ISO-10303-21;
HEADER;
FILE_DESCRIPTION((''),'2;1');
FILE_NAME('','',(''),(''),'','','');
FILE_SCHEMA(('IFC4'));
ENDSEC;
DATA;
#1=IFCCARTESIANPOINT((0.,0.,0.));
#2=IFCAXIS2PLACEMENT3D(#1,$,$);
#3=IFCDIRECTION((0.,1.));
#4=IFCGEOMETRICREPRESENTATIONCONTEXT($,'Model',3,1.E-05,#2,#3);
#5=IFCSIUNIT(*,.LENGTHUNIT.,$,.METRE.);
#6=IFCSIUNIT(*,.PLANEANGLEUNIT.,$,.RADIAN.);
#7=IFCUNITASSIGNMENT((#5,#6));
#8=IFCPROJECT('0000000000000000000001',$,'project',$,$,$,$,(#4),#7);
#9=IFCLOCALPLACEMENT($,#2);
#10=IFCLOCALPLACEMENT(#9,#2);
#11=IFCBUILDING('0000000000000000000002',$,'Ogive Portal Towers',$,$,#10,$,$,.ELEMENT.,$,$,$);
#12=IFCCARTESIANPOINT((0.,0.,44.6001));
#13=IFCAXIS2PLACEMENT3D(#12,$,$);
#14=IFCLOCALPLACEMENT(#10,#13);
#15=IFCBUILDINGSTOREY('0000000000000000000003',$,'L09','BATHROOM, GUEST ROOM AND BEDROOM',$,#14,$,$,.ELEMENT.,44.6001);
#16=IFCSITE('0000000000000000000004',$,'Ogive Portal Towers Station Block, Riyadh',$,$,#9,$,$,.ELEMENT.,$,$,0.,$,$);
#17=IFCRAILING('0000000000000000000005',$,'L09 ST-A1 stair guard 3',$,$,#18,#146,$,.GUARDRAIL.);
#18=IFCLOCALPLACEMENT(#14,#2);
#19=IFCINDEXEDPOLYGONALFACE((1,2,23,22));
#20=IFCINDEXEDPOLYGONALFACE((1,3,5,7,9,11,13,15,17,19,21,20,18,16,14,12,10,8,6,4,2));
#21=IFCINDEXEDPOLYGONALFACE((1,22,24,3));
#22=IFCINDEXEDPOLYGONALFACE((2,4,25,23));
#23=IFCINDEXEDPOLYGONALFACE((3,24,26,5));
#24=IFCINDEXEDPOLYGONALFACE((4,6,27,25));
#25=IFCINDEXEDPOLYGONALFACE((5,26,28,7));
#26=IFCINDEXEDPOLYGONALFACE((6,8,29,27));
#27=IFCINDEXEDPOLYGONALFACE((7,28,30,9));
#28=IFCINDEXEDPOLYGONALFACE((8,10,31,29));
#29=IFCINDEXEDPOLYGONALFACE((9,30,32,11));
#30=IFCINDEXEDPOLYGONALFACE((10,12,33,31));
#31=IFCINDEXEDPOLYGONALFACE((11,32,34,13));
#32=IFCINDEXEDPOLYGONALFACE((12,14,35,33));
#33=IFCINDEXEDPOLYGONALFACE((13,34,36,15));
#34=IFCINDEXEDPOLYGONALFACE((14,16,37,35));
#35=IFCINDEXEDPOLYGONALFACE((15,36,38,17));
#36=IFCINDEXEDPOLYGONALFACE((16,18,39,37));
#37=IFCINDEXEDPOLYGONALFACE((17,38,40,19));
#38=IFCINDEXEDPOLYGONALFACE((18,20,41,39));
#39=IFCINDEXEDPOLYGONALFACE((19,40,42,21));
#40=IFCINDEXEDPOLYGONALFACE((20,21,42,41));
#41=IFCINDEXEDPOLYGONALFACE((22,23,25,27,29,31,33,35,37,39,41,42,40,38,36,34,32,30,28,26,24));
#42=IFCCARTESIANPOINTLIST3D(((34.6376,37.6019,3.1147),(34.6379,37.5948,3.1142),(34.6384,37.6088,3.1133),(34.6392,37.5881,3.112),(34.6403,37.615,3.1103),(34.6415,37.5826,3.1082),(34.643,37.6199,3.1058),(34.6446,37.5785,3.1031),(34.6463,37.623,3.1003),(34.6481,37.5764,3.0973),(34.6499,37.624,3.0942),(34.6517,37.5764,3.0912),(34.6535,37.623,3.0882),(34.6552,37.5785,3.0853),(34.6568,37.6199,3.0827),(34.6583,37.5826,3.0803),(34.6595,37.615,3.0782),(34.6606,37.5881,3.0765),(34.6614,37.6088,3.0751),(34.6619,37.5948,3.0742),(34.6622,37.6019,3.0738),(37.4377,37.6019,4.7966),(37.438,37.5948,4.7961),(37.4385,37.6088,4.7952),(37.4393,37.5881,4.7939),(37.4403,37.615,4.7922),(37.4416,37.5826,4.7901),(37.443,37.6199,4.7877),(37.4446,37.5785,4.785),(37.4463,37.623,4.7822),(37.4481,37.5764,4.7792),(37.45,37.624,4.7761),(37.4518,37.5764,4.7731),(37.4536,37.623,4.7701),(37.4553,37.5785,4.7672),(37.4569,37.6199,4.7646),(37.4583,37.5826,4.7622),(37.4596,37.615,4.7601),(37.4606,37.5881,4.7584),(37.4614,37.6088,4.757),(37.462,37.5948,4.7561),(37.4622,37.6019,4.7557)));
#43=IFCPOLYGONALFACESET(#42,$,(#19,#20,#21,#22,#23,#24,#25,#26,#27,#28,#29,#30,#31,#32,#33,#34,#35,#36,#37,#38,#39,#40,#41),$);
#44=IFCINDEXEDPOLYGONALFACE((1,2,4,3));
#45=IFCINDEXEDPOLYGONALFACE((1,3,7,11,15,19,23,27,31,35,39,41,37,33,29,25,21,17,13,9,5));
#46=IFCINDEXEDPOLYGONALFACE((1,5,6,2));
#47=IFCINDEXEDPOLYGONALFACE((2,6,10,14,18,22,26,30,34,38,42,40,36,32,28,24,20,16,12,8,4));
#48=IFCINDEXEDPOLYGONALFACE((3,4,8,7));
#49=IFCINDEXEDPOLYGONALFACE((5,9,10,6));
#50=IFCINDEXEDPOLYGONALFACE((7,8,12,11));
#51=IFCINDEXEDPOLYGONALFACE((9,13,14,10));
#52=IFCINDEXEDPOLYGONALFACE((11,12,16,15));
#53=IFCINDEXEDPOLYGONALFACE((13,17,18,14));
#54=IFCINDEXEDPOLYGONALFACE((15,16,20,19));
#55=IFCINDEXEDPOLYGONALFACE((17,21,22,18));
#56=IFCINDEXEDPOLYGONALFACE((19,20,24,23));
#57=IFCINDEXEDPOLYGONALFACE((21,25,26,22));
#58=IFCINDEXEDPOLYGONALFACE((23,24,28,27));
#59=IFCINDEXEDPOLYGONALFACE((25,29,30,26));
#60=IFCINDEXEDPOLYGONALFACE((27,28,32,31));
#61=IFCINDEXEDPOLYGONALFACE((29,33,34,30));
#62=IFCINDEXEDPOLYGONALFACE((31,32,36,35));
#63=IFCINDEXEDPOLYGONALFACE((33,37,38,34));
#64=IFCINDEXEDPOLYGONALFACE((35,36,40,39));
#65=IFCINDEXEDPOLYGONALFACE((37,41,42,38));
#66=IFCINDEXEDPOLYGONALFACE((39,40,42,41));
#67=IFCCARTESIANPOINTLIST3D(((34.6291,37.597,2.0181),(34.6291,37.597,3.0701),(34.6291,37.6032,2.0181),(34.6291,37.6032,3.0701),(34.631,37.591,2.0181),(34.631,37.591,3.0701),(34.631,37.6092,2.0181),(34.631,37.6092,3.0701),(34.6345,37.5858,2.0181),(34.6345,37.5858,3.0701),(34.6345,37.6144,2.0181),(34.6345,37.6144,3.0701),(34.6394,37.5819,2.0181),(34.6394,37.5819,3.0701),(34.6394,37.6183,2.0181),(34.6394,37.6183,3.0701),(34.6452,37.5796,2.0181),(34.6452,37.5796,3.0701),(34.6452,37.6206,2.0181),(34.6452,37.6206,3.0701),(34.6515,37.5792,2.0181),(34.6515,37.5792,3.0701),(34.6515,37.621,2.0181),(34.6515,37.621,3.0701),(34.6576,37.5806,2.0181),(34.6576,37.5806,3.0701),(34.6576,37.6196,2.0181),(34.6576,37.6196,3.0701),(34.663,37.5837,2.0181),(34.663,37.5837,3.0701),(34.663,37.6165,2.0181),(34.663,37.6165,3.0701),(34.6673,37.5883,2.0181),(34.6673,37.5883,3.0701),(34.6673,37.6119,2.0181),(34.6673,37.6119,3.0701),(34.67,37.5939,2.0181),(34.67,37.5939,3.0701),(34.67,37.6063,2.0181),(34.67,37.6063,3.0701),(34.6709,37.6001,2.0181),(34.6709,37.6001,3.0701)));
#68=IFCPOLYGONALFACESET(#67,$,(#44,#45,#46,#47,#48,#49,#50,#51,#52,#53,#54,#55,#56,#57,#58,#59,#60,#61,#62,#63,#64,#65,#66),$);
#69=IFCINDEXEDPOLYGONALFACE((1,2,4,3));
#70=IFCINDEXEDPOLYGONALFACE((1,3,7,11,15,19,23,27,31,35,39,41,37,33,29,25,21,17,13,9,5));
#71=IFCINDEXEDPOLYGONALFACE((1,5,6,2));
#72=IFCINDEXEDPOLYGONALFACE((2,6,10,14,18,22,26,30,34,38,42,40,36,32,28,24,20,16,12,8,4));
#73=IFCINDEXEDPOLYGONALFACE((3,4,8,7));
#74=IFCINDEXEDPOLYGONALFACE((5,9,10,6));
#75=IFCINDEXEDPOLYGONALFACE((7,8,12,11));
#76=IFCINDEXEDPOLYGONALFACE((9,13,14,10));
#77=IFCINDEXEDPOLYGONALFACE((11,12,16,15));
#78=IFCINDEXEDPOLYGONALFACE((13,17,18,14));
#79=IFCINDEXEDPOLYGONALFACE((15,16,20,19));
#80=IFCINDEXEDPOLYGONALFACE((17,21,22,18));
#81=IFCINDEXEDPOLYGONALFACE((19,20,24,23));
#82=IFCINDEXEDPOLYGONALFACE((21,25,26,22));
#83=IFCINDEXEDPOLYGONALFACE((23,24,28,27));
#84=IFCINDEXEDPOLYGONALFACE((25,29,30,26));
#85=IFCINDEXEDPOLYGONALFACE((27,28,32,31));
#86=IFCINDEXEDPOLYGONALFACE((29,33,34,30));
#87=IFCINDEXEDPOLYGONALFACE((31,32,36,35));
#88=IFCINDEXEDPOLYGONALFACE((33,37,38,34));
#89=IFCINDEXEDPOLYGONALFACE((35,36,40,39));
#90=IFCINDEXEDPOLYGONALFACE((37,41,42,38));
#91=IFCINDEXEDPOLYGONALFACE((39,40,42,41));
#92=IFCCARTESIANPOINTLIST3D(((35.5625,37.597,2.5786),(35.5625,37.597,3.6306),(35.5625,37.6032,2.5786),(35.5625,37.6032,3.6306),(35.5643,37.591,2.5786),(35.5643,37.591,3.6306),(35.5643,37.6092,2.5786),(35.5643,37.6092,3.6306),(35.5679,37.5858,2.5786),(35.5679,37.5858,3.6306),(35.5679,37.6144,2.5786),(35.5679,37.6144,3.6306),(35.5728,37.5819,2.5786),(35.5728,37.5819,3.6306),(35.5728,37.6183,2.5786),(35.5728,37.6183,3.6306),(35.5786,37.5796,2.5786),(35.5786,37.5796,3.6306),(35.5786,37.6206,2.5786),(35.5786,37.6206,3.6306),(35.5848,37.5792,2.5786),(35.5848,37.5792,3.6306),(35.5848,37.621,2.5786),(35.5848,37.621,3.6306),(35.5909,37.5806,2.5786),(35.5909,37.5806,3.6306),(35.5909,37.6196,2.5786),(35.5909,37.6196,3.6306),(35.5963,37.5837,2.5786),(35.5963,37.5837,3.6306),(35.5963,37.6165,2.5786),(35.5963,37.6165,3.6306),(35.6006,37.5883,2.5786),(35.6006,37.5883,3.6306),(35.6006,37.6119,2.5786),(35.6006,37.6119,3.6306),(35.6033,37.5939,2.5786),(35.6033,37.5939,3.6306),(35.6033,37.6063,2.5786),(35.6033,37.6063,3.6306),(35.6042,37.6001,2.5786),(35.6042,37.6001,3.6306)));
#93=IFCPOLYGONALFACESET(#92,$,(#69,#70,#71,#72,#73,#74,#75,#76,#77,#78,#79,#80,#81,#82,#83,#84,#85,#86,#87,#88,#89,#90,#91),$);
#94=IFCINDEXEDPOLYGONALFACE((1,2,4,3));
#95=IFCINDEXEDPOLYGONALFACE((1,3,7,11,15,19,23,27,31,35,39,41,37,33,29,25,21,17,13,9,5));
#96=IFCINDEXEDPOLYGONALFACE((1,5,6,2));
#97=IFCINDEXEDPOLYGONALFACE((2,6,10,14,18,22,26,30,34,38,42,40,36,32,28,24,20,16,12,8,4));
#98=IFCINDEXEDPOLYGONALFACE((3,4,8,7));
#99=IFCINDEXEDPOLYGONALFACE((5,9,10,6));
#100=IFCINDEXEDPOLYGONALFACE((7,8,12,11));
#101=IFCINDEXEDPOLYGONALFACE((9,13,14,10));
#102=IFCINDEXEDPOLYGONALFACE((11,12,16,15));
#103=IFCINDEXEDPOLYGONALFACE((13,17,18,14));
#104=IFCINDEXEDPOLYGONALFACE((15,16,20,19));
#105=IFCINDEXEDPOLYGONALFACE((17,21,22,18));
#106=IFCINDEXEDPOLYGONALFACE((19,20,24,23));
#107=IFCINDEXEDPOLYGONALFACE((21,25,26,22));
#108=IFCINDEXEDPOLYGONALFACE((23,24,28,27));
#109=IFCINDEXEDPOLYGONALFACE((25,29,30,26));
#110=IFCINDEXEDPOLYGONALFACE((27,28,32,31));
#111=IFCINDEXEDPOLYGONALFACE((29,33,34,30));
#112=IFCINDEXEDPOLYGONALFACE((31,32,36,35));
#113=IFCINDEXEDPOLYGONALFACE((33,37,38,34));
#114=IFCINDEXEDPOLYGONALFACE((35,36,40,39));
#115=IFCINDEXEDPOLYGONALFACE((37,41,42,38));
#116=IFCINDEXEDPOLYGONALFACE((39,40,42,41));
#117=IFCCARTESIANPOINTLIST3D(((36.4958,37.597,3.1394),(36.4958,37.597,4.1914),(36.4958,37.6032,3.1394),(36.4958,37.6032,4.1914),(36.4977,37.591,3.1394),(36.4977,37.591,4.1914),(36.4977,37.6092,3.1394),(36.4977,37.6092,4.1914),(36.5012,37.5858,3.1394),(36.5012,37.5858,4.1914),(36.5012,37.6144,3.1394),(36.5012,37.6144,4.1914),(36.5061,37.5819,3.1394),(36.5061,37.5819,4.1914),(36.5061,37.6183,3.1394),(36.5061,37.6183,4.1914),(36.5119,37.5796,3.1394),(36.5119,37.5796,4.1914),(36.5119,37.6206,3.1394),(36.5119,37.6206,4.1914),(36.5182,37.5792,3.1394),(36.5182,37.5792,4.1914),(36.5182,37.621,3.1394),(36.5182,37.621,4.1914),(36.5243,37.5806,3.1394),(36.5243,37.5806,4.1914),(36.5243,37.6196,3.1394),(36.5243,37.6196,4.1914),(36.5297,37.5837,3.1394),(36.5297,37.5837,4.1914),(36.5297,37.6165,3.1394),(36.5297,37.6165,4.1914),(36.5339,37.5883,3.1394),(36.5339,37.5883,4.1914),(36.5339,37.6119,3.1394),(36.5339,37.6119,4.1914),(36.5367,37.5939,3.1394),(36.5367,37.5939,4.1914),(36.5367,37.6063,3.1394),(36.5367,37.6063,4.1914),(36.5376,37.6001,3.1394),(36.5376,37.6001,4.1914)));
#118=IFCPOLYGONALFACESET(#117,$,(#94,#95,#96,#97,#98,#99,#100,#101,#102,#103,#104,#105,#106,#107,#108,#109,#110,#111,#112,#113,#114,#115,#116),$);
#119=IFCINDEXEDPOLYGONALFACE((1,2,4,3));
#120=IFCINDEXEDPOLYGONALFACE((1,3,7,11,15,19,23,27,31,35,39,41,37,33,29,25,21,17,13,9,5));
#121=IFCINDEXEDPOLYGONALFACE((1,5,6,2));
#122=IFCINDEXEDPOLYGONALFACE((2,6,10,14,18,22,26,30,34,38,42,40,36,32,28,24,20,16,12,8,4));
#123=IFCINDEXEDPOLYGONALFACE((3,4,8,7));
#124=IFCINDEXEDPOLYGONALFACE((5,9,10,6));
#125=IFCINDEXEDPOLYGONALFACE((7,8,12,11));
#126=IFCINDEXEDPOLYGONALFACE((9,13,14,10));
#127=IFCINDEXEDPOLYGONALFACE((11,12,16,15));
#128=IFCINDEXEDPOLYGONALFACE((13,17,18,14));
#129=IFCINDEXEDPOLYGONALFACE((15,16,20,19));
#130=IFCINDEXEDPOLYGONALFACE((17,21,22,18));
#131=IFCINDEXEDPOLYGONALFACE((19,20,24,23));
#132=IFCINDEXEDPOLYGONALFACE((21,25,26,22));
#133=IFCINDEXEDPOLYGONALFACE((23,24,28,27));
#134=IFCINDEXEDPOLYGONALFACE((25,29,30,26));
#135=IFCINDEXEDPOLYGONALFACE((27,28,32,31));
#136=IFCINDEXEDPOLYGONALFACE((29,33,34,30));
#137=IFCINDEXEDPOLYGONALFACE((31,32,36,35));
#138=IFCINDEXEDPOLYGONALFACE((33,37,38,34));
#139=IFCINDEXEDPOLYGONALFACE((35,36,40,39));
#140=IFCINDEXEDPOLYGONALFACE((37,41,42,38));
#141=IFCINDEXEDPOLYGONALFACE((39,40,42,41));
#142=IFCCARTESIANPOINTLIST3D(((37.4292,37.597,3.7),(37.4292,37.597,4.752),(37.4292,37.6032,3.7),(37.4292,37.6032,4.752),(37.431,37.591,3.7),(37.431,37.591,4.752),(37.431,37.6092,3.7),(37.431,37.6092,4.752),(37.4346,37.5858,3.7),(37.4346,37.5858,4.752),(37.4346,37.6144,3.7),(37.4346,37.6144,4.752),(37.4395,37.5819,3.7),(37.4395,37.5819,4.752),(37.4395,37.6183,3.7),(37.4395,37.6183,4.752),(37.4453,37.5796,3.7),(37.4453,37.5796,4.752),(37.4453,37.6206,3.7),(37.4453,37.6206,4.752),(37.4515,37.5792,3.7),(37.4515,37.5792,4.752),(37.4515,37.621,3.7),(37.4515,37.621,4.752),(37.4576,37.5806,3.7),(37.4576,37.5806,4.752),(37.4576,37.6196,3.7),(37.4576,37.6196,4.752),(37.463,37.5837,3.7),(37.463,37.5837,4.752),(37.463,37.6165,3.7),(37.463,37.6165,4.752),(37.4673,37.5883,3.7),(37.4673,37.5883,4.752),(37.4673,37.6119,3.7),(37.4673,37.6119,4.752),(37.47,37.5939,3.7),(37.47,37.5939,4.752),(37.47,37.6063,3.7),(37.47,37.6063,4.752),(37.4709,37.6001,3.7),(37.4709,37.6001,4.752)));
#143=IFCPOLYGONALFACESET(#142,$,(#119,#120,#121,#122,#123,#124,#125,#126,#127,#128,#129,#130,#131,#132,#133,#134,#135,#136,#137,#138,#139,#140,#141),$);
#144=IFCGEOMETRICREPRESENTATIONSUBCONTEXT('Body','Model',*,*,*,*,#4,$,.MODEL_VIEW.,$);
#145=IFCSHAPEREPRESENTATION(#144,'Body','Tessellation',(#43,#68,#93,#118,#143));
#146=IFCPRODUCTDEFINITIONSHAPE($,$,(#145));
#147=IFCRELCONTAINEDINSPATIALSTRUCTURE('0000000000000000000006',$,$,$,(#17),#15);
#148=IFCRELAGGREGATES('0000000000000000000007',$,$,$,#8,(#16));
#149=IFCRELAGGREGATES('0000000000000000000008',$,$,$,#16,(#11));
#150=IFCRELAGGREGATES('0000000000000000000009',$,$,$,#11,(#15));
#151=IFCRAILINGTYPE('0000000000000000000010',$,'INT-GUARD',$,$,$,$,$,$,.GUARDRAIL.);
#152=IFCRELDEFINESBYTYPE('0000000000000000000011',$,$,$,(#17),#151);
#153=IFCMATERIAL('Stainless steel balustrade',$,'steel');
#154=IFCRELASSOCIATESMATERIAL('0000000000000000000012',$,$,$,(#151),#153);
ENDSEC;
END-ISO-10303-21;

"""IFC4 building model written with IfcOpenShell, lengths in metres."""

from ifc_helpers import new_model, si_unit, direction, frame, origin, origin_2d, place, context, subcontext, project, spatial, circle, extrude, material, type_object, element, save


model = new_model("IFC4")

# Units and contexts
model_context = context("Model", 3, precision=1e-05, world=origin(), true_north=direction((0.0, 1.0)))
body_context = subcontext(model_context, "Body", "Model", "MODEL_VIEW")
ifc_project = project(units=[si_unit("LENGTHUNIT", "METRE"), si_unit("PLANEANGLEUNIT", "RADIAN")], contexts=[model_context])

# Site, building, storey
site_placement = place(None, origin())
site = spatial("IfcSite", under=ifc_project, at=site_placement, Name="Ogive Portal Towers Station Block, Riyadh", CompositionType="ELEMENT", RefElevation=0.0)
building_placement = place(site_placement, origin())
building = spatial("IfcBuilding", under=site, at=building_placement, Name="Ogive Portal Towers", CompositionType="ELEMENT")
storey_placement = place(building_placement, frame((0.0, 0.0, 44.6001)))
storey = spatial("IfcBuildingStorey", under=building, at=storey_placement, Name="L09", Description="BATHROOM, GUEST ROOM AND BEDROOM", CompositionType="ELEMENT", Elevation=44.6001)

# Railing
ifc_material_1 = material(Name="Stainless steel balustrade", Category="steel")
railing_type_1 = type_object("IfcRailingType", Name="INT-GUARD", PredefinedType="GUARDRAIL", material=ifc_material_1)
railing_1_placement = place(storey_placement, frame((34.6499, 37.6001, 2.0181)))
element("IfcRailing", 1, at=railing_1_placement, inside=storey, type_object=railing_type_1, Name="L09 ST-A1 stair guard 3", PredefinedType="GUARDRAIL", context=body_context, shape_type="SweptSolid", body=[
    extrude(circle(Radius=0.0239, at=origin_2d()), frame((0.0, 0.0, 1.0762), z_axis=(0.857242, 0.0, 0.514913), x_axis=(0.0, 1.0, 0.0)), (0.0, 0.0, 1.0), 3.2664),
    extrude(circle(Radius=0.021, at=origin_2d()), origin(), (0.0, 0.0, 1.0), 1.052),
    extrude(circle(Radius=0.021, at=origin_2d()), frame((0.9333, 0.0, 0.5605)), (0.0, 0.0, 1.0), 1.052),
    extrude(circle(Radius=0.021, at=origin_2d()), frame((1.8667, 0.0, 1.1213)), (0.0, 0.0, 1.0), 1.052),
    extrude(circle(Radius=0.021, at=origin_2d()), frame((2.8, 0.0, 1.6819)), (0.0, 0.0, 1.0), 1.052),
])

save(model, "model.ifc")
